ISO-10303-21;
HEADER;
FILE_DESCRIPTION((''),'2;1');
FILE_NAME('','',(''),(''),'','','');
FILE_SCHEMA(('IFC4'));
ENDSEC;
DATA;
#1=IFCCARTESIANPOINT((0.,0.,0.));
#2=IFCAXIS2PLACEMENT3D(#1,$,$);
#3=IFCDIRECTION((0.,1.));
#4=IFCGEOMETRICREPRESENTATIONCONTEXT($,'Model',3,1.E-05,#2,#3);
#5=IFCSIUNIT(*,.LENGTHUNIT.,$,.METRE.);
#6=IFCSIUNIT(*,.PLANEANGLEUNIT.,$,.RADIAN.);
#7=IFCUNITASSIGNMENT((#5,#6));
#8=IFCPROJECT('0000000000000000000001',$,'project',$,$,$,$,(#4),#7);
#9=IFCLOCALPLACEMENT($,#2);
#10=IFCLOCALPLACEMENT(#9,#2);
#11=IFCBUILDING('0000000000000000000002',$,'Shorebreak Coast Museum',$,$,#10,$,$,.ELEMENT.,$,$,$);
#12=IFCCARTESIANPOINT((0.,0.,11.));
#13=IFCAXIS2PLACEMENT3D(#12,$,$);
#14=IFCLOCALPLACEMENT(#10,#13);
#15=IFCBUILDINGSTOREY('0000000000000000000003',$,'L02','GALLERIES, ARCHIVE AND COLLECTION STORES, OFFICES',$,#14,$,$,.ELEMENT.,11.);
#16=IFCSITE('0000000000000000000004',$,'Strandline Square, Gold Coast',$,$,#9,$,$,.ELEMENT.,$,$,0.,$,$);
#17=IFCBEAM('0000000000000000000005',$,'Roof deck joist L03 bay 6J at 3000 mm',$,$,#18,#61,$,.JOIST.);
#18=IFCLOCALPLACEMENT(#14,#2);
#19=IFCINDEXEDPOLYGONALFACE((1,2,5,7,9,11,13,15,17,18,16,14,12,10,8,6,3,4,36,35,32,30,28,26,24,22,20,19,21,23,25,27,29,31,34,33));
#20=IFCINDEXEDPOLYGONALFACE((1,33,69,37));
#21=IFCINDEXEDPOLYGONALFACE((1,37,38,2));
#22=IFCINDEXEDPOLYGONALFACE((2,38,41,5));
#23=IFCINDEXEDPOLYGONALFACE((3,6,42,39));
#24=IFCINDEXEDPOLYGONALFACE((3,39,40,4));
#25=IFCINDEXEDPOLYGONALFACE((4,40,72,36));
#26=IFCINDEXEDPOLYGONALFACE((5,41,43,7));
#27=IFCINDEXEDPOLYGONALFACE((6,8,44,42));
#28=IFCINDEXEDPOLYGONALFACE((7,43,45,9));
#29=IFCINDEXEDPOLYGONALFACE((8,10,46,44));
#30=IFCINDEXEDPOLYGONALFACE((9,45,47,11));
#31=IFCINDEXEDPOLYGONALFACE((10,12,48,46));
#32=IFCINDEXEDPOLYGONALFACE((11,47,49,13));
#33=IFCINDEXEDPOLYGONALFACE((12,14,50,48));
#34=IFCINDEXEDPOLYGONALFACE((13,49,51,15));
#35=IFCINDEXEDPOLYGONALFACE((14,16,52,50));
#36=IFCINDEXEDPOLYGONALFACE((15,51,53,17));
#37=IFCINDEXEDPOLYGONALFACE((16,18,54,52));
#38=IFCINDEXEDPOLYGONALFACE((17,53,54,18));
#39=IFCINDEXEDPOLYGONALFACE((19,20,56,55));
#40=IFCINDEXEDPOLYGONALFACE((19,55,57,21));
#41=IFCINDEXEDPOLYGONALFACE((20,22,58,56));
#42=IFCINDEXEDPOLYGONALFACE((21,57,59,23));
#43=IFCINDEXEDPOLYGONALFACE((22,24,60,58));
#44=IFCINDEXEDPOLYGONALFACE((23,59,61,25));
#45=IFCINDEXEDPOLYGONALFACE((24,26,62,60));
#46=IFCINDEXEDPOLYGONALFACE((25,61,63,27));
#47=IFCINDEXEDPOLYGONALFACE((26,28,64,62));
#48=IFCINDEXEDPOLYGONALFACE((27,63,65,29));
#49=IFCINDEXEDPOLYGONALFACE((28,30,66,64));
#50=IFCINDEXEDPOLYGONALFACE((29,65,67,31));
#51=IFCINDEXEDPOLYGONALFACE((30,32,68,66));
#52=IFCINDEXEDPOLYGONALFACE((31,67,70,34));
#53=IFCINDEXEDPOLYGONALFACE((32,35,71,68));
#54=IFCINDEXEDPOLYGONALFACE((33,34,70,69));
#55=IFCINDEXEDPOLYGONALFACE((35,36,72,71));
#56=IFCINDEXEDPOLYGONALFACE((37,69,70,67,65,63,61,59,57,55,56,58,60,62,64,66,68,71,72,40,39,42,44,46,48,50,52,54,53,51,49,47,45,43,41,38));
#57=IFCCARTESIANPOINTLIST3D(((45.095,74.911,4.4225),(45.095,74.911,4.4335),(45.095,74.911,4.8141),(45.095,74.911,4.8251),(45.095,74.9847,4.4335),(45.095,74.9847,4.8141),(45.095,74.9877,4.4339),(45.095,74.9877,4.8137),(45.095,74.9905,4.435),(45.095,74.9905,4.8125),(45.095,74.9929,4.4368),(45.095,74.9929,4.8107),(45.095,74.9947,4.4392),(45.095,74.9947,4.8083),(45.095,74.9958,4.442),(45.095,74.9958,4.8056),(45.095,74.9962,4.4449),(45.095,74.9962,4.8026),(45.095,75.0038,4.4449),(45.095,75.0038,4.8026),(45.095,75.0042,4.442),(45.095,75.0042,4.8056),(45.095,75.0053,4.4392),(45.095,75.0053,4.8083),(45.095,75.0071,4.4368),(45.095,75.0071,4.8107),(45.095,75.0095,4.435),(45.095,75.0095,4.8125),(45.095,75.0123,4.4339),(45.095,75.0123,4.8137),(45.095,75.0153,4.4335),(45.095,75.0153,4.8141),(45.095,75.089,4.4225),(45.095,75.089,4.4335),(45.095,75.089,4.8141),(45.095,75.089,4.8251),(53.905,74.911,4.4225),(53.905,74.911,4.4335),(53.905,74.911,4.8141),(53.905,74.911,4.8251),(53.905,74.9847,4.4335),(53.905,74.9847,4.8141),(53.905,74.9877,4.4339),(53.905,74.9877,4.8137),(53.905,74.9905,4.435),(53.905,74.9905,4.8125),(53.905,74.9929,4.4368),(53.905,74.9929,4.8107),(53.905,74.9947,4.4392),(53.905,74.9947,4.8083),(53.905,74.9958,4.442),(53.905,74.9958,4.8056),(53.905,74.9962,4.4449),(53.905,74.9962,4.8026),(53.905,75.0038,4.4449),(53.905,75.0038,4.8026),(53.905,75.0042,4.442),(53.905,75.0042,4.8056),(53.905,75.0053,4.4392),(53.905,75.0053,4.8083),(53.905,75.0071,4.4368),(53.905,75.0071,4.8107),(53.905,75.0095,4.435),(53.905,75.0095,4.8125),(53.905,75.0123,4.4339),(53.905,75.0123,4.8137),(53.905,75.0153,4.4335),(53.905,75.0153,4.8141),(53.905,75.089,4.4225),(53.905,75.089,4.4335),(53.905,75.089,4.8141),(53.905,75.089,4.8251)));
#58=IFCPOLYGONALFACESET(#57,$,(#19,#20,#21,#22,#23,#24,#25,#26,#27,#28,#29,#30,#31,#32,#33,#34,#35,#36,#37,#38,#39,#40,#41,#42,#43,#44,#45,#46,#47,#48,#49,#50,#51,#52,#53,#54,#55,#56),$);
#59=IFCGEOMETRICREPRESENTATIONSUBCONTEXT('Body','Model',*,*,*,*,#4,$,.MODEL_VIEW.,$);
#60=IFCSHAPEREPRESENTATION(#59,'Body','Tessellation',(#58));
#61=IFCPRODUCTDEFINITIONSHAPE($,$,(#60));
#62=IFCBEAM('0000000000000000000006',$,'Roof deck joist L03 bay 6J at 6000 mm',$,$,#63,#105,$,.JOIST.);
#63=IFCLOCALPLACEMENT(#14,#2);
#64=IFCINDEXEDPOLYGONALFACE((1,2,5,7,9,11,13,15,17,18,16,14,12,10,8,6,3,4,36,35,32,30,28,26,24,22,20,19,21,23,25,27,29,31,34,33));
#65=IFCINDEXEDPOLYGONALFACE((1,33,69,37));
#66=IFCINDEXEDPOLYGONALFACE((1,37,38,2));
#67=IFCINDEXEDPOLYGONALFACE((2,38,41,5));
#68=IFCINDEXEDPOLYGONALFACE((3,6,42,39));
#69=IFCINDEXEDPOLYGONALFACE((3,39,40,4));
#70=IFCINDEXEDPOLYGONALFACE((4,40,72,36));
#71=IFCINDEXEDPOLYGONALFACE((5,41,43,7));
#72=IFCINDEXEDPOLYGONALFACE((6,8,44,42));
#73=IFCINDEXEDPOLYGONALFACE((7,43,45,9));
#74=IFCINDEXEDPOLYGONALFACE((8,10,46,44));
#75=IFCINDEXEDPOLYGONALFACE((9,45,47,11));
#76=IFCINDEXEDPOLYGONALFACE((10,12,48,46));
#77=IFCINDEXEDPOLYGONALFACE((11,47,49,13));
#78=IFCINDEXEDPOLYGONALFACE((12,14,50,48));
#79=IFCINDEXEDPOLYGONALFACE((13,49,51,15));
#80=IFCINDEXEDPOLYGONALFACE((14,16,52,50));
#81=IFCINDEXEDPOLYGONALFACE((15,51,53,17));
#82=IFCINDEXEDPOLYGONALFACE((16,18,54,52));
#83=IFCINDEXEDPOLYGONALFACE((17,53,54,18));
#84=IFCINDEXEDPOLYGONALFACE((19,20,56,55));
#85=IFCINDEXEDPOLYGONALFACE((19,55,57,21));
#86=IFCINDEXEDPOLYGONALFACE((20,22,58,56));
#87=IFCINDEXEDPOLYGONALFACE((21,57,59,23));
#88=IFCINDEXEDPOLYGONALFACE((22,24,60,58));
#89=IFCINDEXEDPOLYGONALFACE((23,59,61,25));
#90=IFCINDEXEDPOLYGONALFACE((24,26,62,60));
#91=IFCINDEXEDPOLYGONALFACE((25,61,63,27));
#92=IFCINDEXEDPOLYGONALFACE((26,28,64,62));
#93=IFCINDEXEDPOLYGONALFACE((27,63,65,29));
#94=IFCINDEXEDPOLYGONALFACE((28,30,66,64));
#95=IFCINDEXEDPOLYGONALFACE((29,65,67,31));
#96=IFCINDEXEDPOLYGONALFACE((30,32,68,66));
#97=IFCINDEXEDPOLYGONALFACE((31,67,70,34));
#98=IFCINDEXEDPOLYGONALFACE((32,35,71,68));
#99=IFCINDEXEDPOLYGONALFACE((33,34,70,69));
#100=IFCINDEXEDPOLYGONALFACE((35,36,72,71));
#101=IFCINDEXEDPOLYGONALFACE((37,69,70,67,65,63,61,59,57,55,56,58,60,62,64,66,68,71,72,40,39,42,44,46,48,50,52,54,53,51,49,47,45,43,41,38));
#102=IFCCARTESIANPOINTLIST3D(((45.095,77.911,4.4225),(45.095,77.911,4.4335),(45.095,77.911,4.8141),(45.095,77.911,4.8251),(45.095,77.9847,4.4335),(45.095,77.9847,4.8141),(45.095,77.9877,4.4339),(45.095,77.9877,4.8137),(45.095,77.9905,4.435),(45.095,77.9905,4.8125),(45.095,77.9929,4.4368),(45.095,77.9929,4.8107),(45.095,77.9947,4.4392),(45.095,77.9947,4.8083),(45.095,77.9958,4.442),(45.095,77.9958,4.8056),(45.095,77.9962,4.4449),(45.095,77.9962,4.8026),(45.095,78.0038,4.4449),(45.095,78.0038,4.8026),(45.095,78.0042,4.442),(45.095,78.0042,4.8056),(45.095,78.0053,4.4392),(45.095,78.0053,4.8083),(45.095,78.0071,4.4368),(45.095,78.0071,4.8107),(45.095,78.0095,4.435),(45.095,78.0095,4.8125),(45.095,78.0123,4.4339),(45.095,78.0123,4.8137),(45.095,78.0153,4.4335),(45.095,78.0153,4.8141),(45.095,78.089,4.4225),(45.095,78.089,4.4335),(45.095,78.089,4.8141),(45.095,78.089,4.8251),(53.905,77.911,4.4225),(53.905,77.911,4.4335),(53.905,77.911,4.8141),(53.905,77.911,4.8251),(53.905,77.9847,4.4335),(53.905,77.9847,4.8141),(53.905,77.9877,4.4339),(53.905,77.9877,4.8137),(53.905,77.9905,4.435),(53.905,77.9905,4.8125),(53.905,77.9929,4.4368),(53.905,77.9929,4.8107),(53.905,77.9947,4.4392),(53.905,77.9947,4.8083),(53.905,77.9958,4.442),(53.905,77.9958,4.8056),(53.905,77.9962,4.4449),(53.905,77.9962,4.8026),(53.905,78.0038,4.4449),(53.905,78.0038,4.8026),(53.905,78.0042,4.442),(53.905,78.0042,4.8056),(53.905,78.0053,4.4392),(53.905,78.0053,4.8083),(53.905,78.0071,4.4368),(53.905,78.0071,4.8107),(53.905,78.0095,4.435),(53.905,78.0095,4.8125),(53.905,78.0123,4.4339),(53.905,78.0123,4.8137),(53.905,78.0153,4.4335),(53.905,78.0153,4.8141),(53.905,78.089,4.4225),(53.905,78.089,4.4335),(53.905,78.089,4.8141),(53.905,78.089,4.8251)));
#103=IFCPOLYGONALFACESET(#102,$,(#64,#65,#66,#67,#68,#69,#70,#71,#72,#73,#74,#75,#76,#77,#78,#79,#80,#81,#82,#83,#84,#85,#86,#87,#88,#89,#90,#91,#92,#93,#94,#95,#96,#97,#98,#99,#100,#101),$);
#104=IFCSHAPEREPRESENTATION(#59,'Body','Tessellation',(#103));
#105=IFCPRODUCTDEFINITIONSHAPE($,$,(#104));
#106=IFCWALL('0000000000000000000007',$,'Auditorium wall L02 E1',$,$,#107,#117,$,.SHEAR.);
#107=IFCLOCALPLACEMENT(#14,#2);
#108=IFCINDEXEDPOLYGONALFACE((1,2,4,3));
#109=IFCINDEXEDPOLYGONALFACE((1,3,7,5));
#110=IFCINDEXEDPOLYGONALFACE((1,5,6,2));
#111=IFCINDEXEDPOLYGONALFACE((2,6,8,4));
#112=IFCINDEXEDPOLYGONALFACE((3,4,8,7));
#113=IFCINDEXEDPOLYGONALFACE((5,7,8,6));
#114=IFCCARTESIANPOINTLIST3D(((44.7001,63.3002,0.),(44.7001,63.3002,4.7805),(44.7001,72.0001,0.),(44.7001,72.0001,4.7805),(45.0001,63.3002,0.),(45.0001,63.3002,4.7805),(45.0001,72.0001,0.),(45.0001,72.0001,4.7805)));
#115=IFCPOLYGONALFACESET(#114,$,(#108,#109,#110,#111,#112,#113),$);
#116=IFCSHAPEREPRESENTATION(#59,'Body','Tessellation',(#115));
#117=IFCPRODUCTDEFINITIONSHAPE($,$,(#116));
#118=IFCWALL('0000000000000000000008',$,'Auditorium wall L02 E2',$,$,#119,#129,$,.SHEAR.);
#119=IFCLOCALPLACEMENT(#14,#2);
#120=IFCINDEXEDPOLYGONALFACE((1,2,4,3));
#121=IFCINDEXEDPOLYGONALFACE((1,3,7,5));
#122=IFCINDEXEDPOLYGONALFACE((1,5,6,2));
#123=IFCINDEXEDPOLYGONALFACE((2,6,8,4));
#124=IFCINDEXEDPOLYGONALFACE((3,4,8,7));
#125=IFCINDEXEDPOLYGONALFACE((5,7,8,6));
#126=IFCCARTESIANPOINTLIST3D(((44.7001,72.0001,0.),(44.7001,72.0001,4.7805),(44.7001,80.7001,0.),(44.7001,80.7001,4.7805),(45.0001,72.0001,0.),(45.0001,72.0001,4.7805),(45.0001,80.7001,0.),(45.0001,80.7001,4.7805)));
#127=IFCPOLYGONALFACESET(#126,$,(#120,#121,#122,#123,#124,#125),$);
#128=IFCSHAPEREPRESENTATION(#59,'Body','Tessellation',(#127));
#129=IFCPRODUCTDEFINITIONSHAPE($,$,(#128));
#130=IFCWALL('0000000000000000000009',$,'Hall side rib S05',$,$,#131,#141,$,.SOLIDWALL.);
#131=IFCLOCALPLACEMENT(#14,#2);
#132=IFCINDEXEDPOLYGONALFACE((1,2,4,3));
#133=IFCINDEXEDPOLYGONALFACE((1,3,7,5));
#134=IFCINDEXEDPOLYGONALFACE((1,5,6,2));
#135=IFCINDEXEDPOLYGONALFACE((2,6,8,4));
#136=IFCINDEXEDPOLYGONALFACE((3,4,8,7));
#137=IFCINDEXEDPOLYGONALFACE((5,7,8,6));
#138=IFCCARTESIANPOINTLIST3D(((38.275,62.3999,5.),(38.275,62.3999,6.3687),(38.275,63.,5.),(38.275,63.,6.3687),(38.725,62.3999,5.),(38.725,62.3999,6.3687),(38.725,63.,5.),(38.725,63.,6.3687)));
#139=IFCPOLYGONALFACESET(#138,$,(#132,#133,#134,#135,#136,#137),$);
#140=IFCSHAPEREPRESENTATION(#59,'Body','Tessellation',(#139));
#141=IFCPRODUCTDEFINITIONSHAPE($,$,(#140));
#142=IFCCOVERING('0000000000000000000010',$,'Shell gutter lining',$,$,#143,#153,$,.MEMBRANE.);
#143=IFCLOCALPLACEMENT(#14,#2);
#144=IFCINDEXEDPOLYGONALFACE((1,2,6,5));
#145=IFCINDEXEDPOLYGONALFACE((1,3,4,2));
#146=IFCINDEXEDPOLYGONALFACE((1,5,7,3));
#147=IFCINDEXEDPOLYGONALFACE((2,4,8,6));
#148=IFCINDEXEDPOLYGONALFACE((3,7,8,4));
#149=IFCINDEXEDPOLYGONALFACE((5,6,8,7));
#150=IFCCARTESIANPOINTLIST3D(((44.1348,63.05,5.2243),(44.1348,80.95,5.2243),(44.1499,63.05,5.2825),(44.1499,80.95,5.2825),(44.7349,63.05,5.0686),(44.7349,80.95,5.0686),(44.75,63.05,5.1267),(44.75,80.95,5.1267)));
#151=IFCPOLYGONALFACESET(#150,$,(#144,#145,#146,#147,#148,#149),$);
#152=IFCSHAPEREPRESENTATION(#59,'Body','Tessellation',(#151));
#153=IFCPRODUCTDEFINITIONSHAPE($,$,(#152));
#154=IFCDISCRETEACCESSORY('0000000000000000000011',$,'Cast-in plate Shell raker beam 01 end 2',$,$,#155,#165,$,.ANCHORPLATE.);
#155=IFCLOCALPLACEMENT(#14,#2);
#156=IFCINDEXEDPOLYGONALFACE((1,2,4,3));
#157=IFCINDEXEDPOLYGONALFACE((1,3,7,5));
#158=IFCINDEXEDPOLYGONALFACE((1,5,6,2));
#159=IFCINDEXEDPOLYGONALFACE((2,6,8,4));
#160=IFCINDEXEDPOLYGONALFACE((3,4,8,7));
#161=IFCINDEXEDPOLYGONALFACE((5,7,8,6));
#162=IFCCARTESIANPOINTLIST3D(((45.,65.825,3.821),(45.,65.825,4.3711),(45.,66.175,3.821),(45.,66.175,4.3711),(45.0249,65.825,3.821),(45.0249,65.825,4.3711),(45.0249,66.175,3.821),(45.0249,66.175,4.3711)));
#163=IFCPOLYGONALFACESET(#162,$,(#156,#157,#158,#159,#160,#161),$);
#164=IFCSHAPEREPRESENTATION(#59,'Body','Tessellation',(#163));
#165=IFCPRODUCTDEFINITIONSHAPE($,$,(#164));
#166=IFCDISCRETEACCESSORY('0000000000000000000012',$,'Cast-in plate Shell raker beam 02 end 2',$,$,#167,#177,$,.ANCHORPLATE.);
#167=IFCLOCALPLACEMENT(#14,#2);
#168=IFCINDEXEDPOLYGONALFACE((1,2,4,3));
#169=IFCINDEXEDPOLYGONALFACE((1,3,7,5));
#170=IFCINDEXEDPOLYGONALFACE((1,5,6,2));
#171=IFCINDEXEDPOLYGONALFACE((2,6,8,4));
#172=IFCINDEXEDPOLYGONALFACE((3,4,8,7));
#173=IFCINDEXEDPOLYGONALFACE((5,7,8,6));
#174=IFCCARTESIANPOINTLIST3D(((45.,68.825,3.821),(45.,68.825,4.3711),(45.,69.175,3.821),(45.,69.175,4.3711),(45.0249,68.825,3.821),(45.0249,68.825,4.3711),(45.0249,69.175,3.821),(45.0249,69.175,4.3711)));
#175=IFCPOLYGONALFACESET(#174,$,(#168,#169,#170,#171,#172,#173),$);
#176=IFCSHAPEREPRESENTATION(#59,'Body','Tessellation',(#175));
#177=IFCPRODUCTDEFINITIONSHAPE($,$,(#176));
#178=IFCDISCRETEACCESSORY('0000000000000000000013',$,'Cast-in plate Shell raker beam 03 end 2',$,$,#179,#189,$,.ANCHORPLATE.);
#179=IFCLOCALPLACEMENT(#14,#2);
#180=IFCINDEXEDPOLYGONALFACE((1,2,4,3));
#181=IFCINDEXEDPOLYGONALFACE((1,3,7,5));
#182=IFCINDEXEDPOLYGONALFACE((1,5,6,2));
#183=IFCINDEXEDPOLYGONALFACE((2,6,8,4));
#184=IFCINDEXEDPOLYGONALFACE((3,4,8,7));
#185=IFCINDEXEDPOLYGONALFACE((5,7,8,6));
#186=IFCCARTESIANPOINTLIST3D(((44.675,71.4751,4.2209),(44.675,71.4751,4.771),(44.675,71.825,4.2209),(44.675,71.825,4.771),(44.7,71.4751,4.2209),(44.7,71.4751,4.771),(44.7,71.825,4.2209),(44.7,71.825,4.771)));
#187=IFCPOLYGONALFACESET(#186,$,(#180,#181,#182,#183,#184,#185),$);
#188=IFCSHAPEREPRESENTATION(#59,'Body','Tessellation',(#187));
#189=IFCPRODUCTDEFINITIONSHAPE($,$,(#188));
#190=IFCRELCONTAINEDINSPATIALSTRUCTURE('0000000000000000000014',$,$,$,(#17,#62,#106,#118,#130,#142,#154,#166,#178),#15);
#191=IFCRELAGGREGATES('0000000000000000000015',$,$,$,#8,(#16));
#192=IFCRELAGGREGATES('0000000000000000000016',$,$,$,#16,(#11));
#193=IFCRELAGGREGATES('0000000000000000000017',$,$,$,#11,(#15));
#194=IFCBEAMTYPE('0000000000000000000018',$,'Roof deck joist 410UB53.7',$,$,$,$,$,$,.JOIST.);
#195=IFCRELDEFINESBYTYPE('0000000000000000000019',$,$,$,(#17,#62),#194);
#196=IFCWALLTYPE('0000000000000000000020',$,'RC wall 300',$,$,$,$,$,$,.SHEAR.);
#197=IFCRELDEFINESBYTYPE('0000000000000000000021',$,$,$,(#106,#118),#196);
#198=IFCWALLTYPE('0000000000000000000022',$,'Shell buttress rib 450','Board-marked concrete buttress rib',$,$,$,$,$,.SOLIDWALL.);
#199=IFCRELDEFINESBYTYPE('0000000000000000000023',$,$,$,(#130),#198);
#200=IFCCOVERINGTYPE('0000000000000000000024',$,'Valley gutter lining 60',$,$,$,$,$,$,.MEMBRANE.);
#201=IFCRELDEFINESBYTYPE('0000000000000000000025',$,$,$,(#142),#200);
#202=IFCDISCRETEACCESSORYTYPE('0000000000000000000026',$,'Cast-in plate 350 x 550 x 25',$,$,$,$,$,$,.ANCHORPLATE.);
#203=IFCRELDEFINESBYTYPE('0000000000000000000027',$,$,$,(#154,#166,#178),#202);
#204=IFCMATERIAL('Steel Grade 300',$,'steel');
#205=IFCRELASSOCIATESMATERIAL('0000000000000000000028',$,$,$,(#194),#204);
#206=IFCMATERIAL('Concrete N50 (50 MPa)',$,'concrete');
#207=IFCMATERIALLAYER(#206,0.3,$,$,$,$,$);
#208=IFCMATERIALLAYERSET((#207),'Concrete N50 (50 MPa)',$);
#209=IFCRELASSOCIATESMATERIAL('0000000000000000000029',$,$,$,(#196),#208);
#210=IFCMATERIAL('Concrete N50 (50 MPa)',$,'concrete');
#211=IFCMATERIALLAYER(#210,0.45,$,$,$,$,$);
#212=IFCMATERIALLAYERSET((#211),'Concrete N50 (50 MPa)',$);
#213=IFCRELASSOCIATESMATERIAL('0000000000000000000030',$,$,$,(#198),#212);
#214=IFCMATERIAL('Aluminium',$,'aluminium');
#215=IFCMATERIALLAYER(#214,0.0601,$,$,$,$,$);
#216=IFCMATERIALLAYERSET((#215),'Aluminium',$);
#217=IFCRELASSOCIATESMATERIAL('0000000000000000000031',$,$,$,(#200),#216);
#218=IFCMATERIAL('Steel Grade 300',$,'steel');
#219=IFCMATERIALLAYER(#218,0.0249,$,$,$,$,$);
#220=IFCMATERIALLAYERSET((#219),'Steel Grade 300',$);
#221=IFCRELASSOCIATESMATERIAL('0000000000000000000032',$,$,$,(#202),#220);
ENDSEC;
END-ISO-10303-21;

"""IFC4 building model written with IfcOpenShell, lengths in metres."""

from ifc_helpers import new_model, si_unit, direction, frame, frame_2d, origin, origin_2d, place, context, subcontext, project, spatial, polyline, rectangle, i_section, outline, extrude, material, layer, layer_set, material_profile, profile_set, type_object, element, save


model = new_model("IFC4")

# Units and contexts
model_context = context("Model", 3, precision=1e-05, world=origin(), true_north=direction((0.0, 1.0)))
body_context = subcontext(model_context, "Body", "Model", "MODEL_VIEW")
ifc_project = project(units=[si_unit("LENGTHUNIT", "METRE"), si_unit("PLANEANGLEUNIT", "RADIAN")], contexts=[model_context])

# Site, building, storey
site_placement = place(None, origin())
site = spatial("IfcSite", under=ifc_project, at=site_placement, Name="Strandline Square, Gold Coast", CompositionType="ELEMENT", RefElevation=0.0)
building_placement = place(site_placement, origin())
building = spatial("IfcBuilding", under=site, at=building_placement, Name="Shorebreak Coast Museum", CompositionType="ELEMENT")
storey_placement = place(building_placement, frame((0.0, 0.0, 11.0)))
storey = spatial("IfcBuildingStorey", under=building, at=storey_placement, Name="L02", Description="GALLERIES, ARCHIVE AND COLLECTION STORES, OFFICES", CompositionType="ELEMENT", Elevation=11.0)

# Beams
ifc_material_1 = material(Name="Steel Grade 300", Category="steel")
ifc_material_profile_1 = material_profile(ifc_material_1, i_section(OverallWidth=0.178, OverallDepth=0.4026, WebThickness=0.0076, FlangeThickness=0.011, FilletRadius=0.0115, at=origin_2d()), Name="410UB53.7")
ifc_profile_set_1 = profile_set([ifc_material_profile_1], Name="Steel Grade 300")
beam_type_1 = type_object("IfcBeamType", Name="Roof deck joist 410UB53.7", PredefinedType="JOIST", material=ifc_profile_set_1)
for number, where, z_axis, x_axis, name in (
    (1, (45.095, 75.0, 4.6238), (1.0, 0.0, 0.0), (0.0, 1.0, 0.0), "Roof deck joist L03 bay 6J at 3000 mm"),
    (2, (45.095, 78.0, 4.6238), (1.0, 0.0, 0.0), (0.0, 1.0, 0.0), "Roof deck joist L03 bay 6J at 6000 mm"),
):
    element("IfcBeam", number, at=place(storey_placement, frame(where, z_axis=z_axis, x_axis=x_axis)), inside=storey, type_object=beam_type_1, Name=name, PredefinedType="JOIST", context=body_context, shape_type="SweptSolid", body=[
        extrude(i_section(OverallWidth=0.178, OverallDepth=0.4026, WebThickness=0.0076, FlangeThickness=0.011, FilletRadius=0.0115, at=origin_2d()), origin(), (0.0, 0.0, 1.0), 8.8101),
    ])

# Walls
ifc_material_2 = material(Name="Concrete N50 (50 MPa)", Category="concrete")
ifc_layer_1 = layer(ifc_material_2, 0.3)
ifc_layer_set_1 = layer_set([ifc_layer_1], Name="Concrete N50 (50 MPa)")
wall_type_1 = type_object("IfcWallType", Name="RC wall 300", PredefinedType="SHEAR", material=ifc_layer_set_1)
for number, where, z_axis, x_axis, name in (
    (3, (44.8501, 63.3, 0.0), (0.0, 0.0, 1.0), (0.0, 1.0, 0.0), "Auditorium wall L02 E1"),
    (4, (44.8501, 72.0, 0.0), (0.0, 0.0, 1.0), (0.0, 1.0, 0.0), "Auditorium wall L02 E2"),
):
    element("IfcWall", number, at=place(storey_placement, frame(where, z_axis=z_axis, x_axis=x_axis)), inside=storey, type_object=wall_type_1, Name=name, PredefinedType="SHEAR", context=body_context, shape_type="SweptSolid", body=[
        extrude(rectangle(XDim=8.7, YDim=0.3, at=frame_2d((4.3501, 0.0))), origin(), (0.0, 0.0, 1.0), 4.7805),
    ])
ifc_material_3 = material(Name="Concrete N50 (50 MPa)", Category="concrete")
ifc_layer_2 = layer(ifc_material_3, 0.45)
ifc_layer_set_2 = layer_set([ifc_layer_2], Name="Concrete N50 (50 MPa)")
wall_type_2 = type_object("IfcWallType", Name="Shell buttress rib 450", Description="Board-marked concrete buttress rib", PredefinedType="SOLIDWALL", material=ifc_layer_set_2)
wall_placement = place(storey_placement, frame((38.5, 63.0, 5.0), z_axis=(0.0, 0.0, 1.0), x_axis=(0.0, -1.0, 0.0)))
element("IfcWall", 5, at=wall_placement, inside=storey, type_object=wall_type_2, Name="Hall side rib S05", PredefinedType="SOLIDWALL", context=body_context, shape_type="SweptSolid", body=[
    extrude(rectangle(XDim=0.6001, YDim=0.45, at=frame_2d((0.3, 0.0))), origin(), (0.0, 0.0, 1.0), 1.3687),
])

# Covering
ifc_material_4 = material(Name="Aluminium", Category="aluminium")
ifc_layer_3 = layer(ifc_material_4, 0.0601)
ifc_layer_set_3 = layer_set([ifc_layer_3], Name="Aluminium")
covering_type = type_object("IfcCoveringType", Name="Valley gutter lining 60", PredefinedType="MEMBRANE", material=ifc_layer_set_3)
covering_placement = place(storey_placement, frame((44.1499, 63.05, 5.2825), z_axis=(0.251235, 0.0, 0.967926), x_axis=(0.967926, 0.0, -0.251235)))
element("IfcCovering", 6, at=covering_placement, inside=storey, type_object=covering_type, Name="Shell gutter lining", PredefinedType="MEMBRANE", context=body_context, shape_type="SweptSolid", body=[
    extrude(outline(polyline([(0.0, 0.0), (0.62, 0.0), (0.62, 17.8999), (0.0, 17.8999), (0.0, 0.0)])), origin(), (0.0, 0.0, -1.0), 0.0601),
])

# Discrete accessories
ifc_material_5 = material(Name="Steel Grade 300", Category="steel")
ifc_layer_4 = layer(ifc_material_5, 0.0249)
ifc_layer_set_4 = layer_set([ifc_layer_4], Name="Steel Grade 300")
discrete_accessory_type = type_object("IfcDiscreteAccessoryType", Name="Cast-in plate 350 x 550 x 25", PredefinedType="ANCHORPLATE", material=ifc_layer_set_4)
for number, where, z_axis, x_axis, name in (
    (7, (45.0249, 65.825, 3.821), (1.0, 0.0, 0.0), (0.0, 1.0, 0.0), "Cast-in plate Shell raker beam 01 end 2"),
    (8, (45.0249, 68.825, 3.821), (1.0, 0.0, 0.0), (0.0, 1.0, 0.0), "Cast-in plate Shell raker beam 02 end 2"),
):
    element("IfcDiscreteAccessory", number, at=place(storey_placement, frame(where, z_axis=z_axis, x_axis=x_axis)), inside=storey, type_object=discrete_accessory_type, Name=name, PredefinedType="ANCHORPLATE", context=body_context, shape_type="SweptSolid", body=[
        extrude(outline(polyline([(0.0, 0.0), (0.3501, 0.0), (0.3501, 0.55), (0.0, 0.55), (0.0, 0.0)])), origin(), (0.0, 0.0, -1.0), 0.0249),
    ])
discrete_accessory_placement = place(storey_placement, frame((44.7, 71.4751, 4.2209), z_axis=(1.0, 0.0, 0.0), x_axis=(0.0, 1.0, 0.0)))
element("IfcDiscreteAccessory", 9, at=discrete_accessory_placement, inside=storey, type_object=discrete_accessory_type, Name="Cast-in plate Shell raker beam 03 end 2", PredefinedType="ANCHORPLATE", context=body_context, shape_type="SweptSolid", body=[
    extrude(outline(polyline([(0.0, 0.0), (0.3499, 0.0), (0.3499, 0.55), (0.0, 0.55), (0.0, 0.0)])), origin(), (0.0, 0.0, -1.0), 0.0249),
])

save(model, "model.ifc")
